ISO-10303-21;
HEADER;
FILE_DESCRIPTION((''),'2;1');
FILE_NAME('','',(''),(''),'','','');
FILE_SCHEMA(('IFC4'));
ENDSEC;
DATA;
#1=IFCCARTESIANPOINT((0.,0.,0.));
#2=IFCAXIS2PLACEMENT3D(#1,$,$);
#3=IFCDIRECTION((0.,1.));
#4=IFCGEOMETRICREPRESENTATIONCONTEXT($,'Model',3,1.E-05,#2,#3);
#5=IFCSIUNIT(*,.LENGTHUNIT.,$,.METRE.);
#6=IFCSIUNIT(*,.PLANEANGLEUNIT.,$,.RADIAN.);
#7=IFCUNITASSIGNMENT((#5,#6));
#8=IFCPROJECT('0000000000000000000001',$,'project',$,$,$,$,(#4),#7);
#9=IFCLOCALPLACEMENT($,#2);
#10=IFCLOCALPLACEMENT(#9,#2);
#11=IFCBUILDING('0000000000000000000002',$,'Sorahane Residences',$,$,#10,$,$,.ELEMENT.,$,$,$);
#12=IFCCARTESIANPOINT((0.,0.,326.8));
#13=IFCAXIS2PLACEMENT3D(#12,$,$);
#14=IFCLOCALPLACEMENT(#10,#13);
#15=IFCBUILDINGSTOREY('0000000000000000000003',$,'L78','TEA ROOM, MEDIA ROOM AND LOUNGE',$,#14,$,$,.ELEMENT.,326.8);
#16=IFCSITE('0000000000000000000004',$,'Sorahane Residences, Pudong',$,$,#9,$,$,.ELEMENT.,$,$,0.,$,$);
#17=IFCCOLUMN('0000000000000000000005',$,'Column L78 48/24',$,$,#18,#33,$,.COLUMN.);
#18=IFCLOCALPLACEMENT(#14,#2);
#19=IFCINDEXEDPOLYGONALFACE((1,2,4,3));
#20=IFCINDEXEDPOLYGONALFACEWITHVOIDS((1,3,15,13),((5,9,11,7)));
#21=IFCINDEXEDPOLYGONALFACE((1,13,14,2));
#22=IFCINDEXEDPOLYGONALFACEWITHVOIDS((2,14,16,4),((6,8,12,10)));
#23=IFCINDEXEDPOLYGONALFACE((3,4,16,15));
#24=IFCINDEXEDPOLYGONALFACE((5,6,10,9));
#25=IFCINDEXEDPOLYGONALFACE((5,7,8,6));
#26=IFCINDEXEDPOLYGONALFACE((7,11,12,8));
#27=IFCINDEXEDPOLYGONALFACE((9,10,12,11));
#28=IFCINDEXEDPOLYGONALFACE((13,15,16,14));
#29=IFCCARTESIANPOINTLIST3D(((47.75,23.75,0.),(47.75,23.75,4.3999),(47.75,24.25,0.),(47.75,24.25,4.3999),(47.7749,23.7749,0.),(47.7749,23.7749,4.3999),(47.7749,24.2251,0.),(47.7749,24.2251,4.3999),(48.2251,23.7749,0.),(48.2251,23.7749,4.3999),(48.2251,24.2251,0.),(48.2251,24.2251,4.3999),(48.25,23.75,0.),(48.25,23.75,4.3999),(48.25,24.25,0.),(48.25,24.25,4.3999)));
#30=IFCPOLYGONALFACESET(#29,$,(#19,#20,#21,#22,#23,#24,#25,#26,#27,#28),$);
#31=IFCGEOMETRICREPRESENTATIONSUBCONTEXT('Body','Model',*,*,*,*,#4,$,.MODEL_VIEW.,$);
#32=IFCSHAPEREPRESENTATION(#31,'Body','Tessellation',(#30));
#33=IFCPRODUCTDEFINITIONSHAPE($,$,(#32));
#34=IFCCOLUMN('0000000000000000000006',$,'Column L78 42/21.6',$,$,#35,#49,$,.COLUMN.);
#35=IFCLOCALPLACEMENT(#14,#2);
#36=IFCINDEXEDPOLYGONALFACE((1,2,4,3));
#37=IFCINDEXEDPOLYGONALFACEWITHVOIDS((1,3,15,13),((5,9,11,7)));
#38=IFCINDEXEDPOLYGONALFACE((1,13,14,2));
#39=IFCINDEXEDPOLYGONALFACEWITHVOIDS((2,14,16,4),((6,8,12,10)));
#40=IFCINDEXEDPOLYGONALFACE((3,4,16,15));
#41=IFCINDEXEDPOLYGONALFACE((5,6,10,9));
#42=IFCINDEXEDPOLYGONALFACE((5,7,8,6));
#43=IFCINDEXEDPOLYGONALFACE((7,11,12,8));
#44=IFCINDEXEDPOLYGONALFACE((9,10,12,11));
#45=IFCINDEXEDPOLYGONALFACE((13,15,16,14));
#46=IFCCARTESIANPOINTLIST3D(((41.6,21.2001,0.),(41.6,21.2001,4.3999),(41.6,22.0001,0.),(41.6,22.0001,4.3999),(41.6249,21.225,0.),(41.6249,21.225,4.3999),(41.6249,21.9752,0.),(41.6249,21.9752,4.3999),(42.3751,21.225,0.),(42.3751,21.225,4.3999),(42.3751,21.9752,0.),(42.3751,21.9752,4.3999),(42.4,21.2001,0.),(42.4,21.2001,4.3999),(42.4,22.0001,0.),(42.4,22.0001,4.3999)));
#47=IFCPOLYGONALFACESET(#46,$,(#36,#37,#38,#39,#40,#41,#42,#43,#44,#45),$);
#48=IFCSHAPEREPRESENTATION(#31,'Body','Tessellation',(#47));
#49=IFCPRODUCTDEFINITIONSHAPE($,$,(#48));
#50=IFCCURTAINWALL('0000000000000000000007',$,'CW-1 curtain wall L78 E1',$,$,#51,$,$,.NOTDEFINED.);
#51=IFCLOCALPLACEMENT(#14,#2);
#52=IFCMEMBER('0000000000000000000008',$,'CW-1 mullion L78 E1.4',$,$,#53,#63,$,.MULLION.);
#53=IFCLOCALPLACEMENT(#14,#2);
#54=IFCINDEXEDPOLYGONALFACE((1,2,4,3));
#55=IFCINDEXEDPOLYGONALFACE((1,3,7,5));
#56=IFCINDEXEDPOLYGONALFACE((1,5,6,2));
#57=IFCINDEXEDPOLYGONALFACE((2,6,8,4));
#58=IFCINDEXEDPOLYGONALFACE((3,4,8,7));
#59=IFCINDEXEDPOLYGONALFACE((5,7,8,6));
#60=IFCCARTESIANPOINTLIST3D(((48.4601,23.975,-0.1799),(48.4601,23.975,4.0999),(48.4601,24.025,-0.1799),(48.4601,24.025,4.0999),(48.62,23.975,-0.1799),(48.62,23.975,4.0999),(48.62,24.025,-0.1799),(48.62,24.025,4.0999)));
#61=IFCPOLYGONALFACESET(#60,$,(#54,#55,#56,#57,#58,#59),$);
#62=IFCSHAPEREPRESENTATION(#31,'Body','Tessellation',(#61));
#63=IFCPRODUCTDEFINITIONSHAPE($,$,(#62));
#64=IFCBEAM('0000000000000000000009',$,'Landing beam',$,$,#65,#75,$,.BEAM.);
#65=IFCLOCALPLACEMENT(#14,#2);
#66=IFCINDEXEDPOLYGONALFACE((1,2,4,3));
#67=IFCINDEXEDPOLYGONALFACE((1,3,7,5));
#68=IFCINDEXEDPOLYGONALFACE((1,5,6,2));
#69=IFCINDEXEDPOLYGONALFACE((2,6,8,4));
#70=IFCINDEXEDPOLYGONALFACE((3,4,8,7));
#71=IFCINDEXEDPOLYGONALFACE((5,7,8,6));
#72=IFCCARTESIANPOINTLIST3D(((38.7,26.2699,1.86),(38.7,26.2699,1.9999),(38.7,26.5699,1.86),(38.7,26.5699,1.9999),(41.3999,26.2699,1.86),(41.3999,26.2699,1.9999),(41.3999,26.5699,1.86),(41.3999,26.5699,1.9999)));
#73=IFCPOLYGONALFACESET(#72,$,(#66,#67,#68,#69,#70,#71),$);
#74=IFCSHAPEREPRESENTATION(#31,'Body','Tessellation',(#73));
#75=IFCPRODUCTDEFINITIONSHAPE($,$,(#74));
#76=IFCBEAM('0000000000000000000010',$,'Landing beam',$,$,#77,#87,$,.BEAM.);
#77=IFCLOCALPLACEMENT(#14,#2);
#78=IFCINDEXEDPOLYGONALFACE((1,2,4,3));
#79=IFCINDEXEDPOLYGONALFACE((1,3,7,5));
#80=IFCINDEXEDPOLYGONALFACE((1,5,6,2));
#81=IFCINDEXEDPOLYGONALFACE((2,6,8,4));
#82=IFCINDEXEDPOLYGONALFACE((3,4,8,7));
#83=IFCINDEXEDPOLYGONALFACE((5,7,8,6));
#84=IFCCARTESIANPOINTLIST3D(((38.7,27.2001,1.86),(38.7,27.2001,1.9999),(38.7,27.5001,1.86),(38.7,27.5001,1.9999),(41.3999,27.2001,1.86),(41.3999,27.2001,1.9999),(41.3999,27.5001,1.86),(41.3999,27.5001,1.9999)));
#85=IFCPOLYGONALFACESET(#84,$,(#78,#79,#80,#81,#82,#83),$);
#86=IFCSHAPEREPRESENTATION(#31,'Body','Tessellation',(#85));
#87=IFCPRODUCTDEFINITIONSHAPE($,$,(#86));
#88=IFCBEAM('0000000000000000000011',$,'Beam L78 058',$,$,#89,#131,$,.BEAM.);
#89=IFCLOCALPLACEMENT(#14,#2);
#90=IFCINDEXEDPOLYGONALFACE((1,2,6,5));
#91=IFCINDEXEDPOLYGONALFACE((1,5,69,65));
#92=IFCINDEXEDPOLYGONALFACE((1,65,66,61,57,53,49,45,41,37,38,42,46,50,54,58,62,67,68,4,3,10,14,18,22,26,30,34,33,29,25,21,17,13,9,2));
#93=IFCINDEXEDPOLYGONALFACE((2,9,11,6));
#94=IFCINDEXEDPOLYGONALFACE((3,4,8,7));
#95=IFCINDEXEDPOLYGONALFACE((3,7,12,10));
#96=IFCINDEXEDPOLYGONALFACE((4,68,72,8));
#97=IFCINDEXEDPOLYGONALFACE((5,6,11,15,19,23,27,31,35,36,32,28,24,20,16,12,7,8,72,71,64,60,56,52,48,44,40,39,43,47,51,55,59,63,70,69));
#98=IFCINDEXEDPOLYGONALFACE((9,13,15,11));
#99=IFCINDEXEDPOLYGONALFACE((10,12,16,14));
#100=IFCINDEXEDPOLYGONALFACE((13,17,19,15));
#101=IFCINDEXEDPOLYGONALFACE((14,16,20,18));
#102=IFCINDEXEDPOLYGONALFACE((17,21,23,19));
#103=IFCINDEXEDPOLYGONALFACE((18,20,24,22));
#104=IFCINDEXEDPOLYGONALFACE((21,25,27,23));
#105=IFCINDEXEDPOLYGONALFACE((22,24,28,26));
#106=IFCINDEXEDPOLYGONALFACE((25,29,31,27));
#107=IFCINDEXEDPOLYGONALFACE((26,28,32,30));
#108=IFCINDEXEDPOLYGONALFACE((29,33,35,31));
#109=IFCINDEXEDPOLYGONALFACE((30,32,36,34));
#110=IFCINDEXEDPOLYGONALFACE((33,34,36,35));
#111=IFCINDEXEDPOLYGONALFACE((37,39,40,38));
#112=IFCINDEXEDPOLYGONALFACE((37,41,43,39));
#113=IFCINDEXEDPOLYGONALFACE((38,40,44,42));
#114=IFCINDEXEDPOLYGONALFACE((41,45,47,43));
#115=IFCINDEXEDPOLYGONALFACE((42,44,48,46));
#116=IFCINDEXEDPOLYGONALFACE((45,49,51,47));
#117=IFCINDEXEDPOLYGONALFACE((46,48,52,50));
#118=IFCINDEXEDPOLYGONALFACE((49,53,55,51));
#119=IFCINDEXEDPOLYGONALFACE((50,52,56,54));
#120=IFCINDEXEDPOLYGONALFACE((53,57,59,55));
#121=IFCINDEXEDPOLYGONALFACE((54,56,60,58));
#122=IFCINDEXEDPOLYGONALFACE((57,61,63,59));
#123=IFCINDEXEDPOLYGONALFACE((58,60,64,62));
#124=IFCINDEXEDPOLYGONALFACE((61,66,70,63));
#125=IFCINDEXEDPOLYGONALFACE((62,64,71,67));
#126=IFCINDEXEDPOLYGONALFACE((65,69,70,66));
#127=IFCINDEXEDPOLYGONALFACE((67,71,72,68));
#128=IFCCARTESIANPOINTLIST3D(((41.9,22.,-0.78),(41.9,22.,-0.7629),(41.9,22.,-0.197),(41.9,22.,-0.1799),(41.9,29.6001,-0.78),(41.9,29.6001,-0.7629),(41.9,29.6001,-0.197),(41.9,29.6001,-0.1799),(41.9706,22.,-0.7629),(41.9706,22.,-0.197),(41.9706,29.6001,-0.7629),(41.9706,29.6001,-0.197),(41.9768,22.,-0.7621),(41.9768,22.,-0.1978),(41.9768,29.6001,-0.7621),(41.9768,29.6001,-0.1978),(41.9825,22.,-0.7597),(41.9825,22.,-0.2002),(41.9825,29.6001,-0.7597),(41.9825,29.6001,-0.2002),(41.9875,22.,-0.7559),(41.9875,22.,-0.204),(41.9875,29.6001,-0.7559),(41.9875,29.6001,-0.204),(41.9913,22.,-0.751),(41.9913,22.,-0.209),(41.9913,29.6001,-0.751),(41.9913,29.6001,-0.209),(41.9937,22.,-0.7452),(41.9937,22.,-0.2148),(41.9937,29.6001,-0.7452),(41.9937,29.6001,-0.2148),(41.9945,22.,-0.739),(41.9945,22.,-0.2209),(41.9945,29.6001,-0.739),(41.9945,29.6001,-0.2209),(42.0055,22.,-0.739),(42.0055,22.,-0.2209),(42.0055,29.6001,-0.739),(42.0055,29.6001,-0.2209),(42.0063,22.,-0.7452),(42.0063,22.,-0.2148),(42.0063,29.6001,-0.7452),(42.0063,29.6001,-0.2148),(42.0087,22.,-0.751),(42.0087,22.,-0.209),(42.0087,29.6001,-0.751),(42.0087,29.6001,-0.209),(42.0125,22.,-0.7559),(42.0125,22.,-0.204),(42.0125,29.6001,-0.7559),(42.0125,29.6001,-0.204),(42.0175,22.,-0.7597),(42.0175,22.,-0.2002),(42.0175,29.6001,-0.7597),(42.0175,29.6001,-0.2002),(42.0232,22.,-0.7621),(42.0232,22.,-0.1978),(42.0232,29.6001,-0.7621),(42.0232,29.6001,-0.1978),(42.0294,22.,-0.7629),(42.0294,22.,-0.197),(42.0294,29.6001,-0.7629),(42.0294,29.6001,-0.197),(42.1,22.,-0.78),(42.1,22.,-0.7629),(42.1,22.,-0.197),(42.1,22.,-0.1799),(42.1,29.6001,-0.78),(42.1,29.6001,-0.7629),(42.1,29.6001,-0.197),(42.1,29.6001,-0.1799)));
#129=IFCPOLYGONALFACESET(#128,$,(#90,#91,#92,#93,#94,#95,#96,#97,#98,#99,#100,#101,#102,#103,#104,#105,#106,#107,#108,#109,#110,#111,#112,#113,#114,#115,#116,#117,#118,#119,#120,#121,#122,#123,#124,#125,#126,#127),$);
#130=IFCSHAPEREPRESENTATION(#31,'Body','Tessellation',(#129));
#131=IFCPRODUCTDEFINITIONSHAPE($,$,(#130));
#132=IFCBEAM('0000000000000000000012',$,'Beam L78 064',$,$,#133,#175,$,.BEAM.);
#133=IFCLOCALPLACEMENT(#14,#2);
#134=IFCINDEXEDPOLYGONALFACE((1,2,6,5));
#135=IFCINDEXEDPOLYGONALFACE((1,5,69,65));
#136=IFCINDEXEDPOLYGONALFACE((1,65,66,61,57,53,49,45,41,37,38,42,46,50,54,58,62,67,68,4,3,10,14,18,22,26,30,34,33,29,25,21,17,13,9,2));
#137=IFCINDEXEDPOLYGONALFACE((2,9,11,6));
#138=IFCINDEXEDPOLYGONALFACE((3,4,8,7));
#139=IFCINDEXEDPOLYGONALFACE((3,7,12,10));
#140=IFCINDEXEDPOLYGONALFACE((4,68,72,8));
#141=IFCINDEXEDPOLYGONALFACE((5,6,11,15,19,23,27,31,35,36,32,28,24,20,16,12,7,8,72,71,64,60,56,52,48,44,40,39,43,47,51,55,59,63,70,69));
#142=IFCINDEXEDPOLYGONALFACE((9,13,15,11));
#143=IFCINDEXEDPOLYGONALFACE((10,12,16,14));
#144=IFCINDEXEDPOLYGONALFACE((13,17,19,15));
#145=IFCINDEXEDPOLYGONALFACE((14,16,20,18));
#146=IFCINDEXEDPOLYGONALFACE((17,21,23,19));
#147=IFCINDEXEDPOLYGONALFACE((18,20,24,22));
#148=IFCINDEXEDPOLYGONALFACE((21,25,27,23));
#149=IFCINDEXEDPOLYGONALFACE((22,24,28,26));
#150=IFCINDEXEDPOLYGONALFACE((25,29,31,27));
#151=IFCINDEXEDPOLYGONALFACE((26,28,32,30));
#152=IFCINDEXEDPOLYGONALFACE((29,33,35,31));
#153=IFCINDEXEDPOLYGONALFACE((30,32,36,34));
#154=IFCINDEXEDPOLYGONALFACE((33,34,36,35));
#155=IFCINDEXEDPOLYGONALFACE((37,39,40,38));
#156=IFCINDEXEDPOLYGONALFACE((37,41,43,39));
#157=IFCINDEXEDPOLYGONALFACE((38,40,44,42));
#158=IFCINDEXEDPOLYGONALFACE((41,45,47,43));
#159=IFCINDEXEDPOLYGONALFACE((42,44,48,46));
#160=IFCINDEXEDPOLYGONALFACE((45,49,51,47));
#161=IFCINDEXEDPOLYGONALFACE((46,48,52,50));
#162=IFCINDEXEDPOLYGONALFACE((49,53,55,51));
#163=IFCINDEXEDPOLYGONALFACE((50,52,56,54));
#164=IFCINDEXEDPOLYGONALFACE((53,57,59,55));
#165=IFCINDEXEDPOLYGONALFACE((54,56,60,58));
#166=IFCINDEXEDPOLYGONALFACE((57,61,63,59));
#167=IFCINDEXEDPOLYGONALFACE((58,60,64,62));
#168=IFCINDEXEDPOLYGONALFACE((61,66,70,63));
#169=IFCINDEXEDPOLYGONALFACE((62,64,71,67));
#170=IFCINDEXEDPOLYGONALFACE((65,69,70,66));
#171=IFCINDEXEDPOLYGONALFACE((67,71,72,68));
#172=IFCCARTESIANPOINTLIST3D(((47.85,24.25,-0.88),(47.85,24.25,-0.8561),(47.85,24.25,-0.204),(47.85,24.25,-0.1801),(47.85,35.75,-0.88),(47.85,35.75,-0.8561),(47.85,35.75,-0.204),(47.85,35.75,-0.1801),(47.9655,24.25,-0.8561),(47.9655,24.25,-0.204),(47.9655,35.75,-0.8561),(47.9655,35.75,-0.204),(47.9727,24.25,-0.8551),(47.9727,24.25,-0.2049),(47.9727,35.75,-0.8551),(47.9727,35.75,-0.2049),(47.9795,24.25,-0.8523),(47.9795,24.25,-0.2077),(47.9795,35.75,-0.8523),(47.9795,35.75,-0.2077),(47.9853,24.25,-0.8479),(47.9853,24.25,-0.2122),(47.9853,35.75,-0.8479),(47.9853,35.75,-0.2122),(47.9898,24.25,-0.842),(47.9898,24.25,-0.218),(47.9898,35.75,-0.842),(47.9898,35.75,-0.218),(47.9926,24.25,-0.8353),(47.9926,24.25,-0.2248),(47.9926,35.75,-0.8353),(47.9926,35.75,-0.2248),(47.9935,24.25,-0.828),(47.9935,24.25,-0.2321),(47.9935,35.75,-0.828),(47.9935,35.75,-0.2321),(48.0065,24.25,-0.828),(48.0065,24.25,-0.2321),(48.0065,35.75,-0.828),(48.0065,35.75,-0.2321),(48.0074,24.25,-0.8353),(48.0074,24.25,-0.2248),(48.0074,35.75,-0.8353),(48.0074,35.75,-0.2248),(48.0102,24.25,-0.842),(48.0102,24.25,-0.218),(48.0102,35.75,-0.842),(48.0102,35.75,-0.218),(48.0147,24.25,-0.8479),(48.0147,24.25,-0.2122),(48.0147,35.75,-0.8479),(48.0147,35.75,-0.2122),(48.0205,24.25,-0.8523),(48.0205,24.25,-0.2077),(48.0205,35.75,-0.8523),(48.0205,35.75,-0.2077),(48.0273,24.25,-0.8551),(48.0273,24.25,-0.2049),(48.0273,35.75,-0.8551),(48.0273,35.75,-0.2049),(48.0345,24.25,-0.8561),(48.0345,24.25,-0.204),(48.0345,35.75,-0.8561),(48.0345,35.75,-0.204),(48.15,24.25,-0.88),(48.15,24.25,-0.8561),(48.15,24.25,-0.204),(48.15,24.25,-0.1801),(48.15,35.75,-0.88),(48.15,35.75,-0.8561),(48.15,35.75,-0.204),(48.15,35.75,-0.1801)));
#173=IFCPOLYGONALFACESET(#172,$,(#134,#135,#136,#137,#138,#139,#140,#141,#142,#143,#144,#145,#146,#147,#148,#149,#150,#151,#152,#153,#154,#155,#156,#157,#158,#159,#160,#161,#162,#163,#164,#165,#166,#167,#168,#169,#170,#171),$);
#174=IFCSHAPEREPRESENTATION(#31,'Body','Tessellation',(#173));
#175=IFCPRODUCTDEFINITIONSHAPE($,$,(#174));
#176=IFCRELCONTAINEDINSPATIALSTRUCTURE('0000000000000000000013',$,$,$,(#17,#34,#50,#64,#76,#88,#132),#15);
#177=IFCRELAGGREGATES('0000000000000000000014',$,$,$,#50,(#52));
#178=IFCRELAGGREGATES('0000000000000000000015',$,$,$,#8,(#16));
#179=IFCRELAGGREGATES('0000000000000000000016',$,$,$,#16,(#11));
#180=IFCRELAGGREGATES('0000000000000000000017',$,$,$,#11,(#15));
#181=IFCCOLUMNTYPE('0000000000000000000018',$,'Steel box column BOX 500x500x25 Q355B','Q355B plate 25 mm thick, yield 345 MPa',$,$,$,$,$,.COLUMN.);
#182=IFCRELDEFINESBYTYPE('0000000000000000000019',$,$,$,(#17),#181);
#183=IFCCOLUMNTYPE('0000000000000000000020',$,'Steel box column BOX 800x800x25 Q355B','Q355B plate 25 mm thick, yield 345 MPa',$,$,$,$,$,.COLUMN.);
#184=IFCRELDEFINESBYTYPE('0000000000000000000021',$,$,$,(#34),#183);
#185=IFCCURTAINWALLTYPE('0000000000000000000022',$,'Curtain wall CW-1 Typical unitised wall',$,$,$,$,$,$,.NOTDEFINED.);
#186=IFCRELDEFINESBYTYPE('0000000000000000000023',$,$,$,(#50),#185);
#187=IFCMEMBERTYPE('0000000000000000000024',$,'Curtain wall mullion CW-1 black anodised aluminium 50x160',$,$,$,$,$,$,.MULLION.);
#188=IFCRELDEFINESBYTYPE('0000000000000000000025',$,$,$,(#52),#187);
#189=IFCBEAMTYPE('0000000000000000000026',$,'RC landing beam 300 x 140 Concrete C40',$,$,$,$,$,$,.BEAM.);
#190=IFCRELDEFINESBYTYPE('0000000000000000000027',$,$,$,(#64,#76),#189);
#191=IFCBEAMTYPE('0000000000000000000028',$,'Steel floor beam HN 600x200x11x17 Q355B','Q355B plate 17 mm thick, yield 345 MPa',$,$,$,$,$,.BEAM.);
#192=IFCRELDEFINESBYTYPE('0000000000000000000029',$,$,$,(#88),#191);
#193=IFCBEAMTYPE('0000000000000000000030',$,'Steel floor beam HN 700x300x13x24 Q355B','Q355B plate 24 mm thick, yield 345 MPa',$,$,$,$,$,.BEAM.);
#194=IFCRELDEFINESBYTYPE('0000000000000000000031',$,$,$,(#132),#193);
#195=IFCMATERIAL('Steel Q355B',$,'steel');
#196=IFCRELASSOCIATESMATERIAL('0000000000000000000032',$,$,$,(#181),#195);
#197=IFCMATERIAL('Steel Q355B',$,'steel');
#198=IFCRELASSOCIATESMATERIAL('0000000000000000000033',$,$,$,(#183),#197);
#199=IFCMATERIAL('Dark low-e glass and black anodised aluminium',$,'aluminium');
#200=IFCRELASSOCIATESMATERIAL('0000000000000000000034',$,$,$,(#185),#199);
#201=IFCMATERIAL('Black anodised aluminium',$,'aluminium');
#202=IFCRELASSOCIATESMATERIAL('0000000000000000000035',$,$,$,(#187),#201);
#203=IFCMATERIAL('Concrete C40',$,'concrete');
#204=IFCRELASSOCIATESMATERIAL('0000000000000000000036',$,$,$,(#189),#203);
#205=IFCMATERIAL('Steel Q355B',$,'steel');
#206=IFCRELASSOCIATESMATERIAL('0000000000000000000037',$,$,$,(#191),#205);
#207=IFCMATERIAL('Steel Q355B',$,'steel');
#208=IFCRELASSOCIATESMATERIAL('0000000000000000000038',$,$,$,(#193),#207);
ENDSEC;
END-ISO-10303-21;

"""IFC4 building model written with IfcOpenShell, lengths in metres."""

from ifc_helpers import new_model, si_unit, direction, frame, origin, origin_2d, place, context, subcontext, project, spatial, rectangle, hollow_rectangle, i_section, extrude, material, material_profile, profile_set, type_object, element, aggregate, save


model = new_model("IFC4")

# Units and contexts
model_context = context("Model", 3, precision=1e-05, world=origin(), true_north=direction((0.0, 1.0)))
body_context = subcontext(model_context, "Body", "Model", "MODEL_VIEW")
ifc_project = project(units=[si_unit("LENGTHUNIT", "METRE"), si_unit("PLANEANGLEUNIT", "RADIAN")], contexts=[model_context])

# Site, building, storey
site_placement = place(None, origin())
site = spatial("IfcSite", under=ifc_project, at=site_placement, Name="Sorahane Residences, Pudong", CompositionType="ELEMENT", RefElevation=0.0)
building_placement = place(site_placement, origin())
building = spatial("IfcBuilding", under=site, at=building_placement, Name="Sorahane Residences", CompositionType="ELEMENT")
storey_placement = place(building_placement, frame((0.0, 0.0, 326.8)))
storey = spatial("IfcBuildingStorey", under=building, at=storey_placement, Name="L78", Description="TEA ROOM, MEDIA ROOM AND LOUNGE", CompositionType="ELEMENT", Elevation=326.8)

# Columns
ifc_material_1 = material(Name="Steel Q355B", Category="steel")
ifc_material_profile_1 = material_profile(ifc_material_1, hollow_rectangle(XDim=0.5, YDim=0.5, WallThickness=0.0249, at=origin_2d()), Name="BOX 500x500x25")
ifc_profile_set_1 = profile_set([ifc_material_profile_1], Name="Steel Q355B")
column_type_1 = type_object("IfcColumnType", Name="Steel box column BOX 500x500x25 Q355B", Description="Q355B plate 25 mm thick, yield 345 MPa", PredefinedType="COLUMN", material=ifc_profile_set_1)
column_1_placement = place(storey_placement, frame((48.0, 24.0, 0.0), z_axis=(0.0, 0.0, 1.0), x_axis=(1.0, 0.0, 0.0)))
element("IfcColumn", 1, at=column_1_placement, inside=storey, type_object=column_type_1, Name="Column L78 48/24", PredefinedType="COLUMN", context=body_context, shape_type="SweptSolid", body=[
    extrude(hollow_rectangle(XDim=0.5, YDim=0.5, WallThickness=0.0249, at=origin_2d()), origin(), (0.0, 0.0, 1.0), 4.3999),
])
ifc_material_2 = material(Name="Steel Q355B", Category="steel")
ifc_material_profile_2 = material_profile(ifc_material_2, hollow_rectangle(XDim=0.8, YDim=0.8, WallThickness=0.0249, at=origin_2d()), Name="BOX 800x800x25")
ifc_profile_set_2 = profile_set([ifc_material_profile_2], Name="Steel Q355B")
column_type_2 = type_object("IfcColumnType", Name="Steel box column BOX 800x800x25 Q355B", Description="Q355B plate 25 mm thick, yield 345 MPa", PredefinedType="COLUMN", material=ifc_profile_set_2)
column_2_placement = place(storey_placement, frame((42.0, 21.6001, 0.0), z_axis=(0.0, 0.0, 1.0), x_axis=(1.0, 0.0, 0.0)))
element("IfcColumn", 2, at=column_2_placement, inside=storey, type_object=column_type_2, Name="Column L78 42/21.6", PredefinedType="COLUMN", context=body_context, shape_type="SweptSolid", body=[
    extrude(hollow_rectangle(XDim=0.8, YDim=0.8, WallThickness=0.0249, at=origin_2d()), origin(), (0.0, 0.0, 1.0), 4.3999),
])

# Curtain wall, member
ifc_material_3 = material(Name="Dark low-e glass and black anodised aluminium", Category="aluminium")
curtain_wall_type = type_object("IfcCurtainWallType", Name="Curtain wall CW-1 Typical unitised wall", PredefinedType="NOTDEFINED", material=ifc_material_3)
curtain_wall_placement = place(storey_placement, origin())
curtain_wall = element("IfcCurtainWall", 3, at=curtain_wall_placement, inside=storey, type_object=curtain_wall_type, Name="CW-1 curtain wall L78 E1", PredefinedType="NOTDEFINED")
ifc_material_4 = material(Name="Black anodised aluminium", Category="aluminium")
ifc_material_profile_3 = material_profile(ifc_material_4, rectangle(XDim=0.1599, YDim=0.05, at=origin_2d()), Name="Curtain wall mullion CW-1 black anodised aluminium 50x160")
ifc_profile_set_3 = profile_set([ifc_material_profile_3], Name="Black anodised aluminium")
member_type = type_object("IfcMemberType", Name="Curtain wall mullion CW-1 black anodised aluminium 50x160", PredefinedType="MULLION", material=ifc_profile_set_3)
member_placement = place(storey_placement, frame((48.54, 24.0, -0.1799), z_axis=(0.0, 0.0, 1.0), x_axis=(1.0, 0.0, 0.0)))
member = element("IfcMember", 4, at=member_placement, type_object=member_type, Name="CW-1 mullion L78 E1.4", PredefinedType="MULLION", context=body_context, shape_type="SweptSolid", body=[
    extrude(rectangle(XDim=0.1599, YDim=0.05, at=origin_2d()), origin(), (0.0, 0.0, 1.0), 4.2798),
])

# Beams
ifc_material_5 = material(Name="Concrete C40", Category="concrete")
ifc_material_profile_4 = material_profile(ifc_material_5, rectangle(XDim=0.3, YDim=0.1399, at=origin_2d()), Name="300x140")
ifc_profile_set_4 = profile_set([ifc_material_profile_4], Name="Concrete C40")
beam_type_1 = type_object("IfcBeamType", Name="RC landing beam 300 x 140 Concrete C40", PredefinedType="BEAM", material=ifc_profile_set_4)
for number, where, z_axis, x_axis, name in (
    (5, (38.7, 26.4199, 1.9299), (1.0, 0.0, 0.0), (0.0, 1.0, 0.0), "Landing beam"),
    (6, (38.7, 27.3501, 1.9299), (1.0, 0.0, 0.0), (0.0, 1.0, 0.0), "Landing beam"),
):
    element("IfcBeam", number, at=place(storey_placement, frame(where, z_axis=z_axis, x_axis=x_axis)), inside=storey, type_object=beam_type_1, Name=name, PredefinedType="BEAM", context=body_context, shape_type="SweptSolid", body=[
        extrude(rectangle(XDim=0.3, YDim=0.1399, at=origin_2d()), origin(), (0.0, 0.0, 1.0), 2.7),
    ])
ifc_material_6 = material(Name="Steel Q355B", Category="steel")
ifc_material_profile_5 = material_profile(ifc_material_6, i_section(OverallWidth=0.2, OverallDepth=0.6001, WebThickness=0.011, FlangeThickness=0.0171, FilletRadius=0.0239, at=origin_2d()), Name="HN 600x200x11x17")
ifc_profile_set_5 = profile_set([ifc_material_profile_5], Name="Steel Q355B")
beam_type_2 = type_object("IfcBeamType", Name="Steel floor beam HN 600x200x11x17 Q355B", Description="Q355B plate 17 mm thick, yield 345 MPa", PredefinedType="BEAM", material=ifc_profile_set_5)
beam_1_placement = place(storey_placement, frame((42.0, 22.0, -0.48), z_axis=(0.0, 1.0, 0.0), x_axis=(-1.0, 0.0, 0.0)))
element("IfcBeam", 7, at=beam_1_placement, inside=storey, type_object=beam_type_2, Name="Beam L78 058", PredefinedType="BEAM", context=body_context, shape_type="SweptSolid", body=[
    extrude(i_section(OverallWidth=0.2, OverallDepth=0.6001, WebThickness=0.011, FlangeThickness=0.0171, FilletRadius=0.0239, at=origin_2d()), origin(), (0.0, 0.0, 1.0), 7.6001),
])
ifc_material_7 = material(Name="Steel Q355B", Category="steel")
ifc_material_profile_6 = material_profile(ifc_material_7, i_section(OverallWidth=0.3, OverallDepth=0.7, WebThickness=0.0129, FlangeThickness=0.0239, FilletRadius=0.0281, at=origin_2d()), Name="HN 700x300x13x24")
ifc_profile_set_6 = profile_set([ifc_material_profile_6], Name="Steel Q355B")
beam_type_3 = type_object("IfcBeamType", Name="Steel floor beam HN 700x300x13x24 Q355B", Description="Q355B plate 24 mm thick, yield 345 MPa", PredefinedType="BEAM", material=ifc_profile_set_6)
beam_2_placement = place(storey_placement, frame((48.0, 24.25, -0.53), z_axis=(0.0, 1.0, 0.0), x_axis=(-1.0, 0.0, 0.0)))
element("IfcBeam", 8, at=beam_2_placement, inside=storey, type_object=beam_type_3, Name="Beam L78 064", PredefinedType="BEAM", context=body_context, shape_type="SweptSolid", body=[
    extrude(i_section(OverallWidth=0.3, OverallDepth=0.7, WebThickness=0.0129, FlangeThickness=0.0239, FilletRadius=0.0281, at=origin_2d()), origin(), (0.0, 0.0, 1.0), 11.5),
])

aggregate(curtain_wall, [member])

save(model, "model.ifc")
